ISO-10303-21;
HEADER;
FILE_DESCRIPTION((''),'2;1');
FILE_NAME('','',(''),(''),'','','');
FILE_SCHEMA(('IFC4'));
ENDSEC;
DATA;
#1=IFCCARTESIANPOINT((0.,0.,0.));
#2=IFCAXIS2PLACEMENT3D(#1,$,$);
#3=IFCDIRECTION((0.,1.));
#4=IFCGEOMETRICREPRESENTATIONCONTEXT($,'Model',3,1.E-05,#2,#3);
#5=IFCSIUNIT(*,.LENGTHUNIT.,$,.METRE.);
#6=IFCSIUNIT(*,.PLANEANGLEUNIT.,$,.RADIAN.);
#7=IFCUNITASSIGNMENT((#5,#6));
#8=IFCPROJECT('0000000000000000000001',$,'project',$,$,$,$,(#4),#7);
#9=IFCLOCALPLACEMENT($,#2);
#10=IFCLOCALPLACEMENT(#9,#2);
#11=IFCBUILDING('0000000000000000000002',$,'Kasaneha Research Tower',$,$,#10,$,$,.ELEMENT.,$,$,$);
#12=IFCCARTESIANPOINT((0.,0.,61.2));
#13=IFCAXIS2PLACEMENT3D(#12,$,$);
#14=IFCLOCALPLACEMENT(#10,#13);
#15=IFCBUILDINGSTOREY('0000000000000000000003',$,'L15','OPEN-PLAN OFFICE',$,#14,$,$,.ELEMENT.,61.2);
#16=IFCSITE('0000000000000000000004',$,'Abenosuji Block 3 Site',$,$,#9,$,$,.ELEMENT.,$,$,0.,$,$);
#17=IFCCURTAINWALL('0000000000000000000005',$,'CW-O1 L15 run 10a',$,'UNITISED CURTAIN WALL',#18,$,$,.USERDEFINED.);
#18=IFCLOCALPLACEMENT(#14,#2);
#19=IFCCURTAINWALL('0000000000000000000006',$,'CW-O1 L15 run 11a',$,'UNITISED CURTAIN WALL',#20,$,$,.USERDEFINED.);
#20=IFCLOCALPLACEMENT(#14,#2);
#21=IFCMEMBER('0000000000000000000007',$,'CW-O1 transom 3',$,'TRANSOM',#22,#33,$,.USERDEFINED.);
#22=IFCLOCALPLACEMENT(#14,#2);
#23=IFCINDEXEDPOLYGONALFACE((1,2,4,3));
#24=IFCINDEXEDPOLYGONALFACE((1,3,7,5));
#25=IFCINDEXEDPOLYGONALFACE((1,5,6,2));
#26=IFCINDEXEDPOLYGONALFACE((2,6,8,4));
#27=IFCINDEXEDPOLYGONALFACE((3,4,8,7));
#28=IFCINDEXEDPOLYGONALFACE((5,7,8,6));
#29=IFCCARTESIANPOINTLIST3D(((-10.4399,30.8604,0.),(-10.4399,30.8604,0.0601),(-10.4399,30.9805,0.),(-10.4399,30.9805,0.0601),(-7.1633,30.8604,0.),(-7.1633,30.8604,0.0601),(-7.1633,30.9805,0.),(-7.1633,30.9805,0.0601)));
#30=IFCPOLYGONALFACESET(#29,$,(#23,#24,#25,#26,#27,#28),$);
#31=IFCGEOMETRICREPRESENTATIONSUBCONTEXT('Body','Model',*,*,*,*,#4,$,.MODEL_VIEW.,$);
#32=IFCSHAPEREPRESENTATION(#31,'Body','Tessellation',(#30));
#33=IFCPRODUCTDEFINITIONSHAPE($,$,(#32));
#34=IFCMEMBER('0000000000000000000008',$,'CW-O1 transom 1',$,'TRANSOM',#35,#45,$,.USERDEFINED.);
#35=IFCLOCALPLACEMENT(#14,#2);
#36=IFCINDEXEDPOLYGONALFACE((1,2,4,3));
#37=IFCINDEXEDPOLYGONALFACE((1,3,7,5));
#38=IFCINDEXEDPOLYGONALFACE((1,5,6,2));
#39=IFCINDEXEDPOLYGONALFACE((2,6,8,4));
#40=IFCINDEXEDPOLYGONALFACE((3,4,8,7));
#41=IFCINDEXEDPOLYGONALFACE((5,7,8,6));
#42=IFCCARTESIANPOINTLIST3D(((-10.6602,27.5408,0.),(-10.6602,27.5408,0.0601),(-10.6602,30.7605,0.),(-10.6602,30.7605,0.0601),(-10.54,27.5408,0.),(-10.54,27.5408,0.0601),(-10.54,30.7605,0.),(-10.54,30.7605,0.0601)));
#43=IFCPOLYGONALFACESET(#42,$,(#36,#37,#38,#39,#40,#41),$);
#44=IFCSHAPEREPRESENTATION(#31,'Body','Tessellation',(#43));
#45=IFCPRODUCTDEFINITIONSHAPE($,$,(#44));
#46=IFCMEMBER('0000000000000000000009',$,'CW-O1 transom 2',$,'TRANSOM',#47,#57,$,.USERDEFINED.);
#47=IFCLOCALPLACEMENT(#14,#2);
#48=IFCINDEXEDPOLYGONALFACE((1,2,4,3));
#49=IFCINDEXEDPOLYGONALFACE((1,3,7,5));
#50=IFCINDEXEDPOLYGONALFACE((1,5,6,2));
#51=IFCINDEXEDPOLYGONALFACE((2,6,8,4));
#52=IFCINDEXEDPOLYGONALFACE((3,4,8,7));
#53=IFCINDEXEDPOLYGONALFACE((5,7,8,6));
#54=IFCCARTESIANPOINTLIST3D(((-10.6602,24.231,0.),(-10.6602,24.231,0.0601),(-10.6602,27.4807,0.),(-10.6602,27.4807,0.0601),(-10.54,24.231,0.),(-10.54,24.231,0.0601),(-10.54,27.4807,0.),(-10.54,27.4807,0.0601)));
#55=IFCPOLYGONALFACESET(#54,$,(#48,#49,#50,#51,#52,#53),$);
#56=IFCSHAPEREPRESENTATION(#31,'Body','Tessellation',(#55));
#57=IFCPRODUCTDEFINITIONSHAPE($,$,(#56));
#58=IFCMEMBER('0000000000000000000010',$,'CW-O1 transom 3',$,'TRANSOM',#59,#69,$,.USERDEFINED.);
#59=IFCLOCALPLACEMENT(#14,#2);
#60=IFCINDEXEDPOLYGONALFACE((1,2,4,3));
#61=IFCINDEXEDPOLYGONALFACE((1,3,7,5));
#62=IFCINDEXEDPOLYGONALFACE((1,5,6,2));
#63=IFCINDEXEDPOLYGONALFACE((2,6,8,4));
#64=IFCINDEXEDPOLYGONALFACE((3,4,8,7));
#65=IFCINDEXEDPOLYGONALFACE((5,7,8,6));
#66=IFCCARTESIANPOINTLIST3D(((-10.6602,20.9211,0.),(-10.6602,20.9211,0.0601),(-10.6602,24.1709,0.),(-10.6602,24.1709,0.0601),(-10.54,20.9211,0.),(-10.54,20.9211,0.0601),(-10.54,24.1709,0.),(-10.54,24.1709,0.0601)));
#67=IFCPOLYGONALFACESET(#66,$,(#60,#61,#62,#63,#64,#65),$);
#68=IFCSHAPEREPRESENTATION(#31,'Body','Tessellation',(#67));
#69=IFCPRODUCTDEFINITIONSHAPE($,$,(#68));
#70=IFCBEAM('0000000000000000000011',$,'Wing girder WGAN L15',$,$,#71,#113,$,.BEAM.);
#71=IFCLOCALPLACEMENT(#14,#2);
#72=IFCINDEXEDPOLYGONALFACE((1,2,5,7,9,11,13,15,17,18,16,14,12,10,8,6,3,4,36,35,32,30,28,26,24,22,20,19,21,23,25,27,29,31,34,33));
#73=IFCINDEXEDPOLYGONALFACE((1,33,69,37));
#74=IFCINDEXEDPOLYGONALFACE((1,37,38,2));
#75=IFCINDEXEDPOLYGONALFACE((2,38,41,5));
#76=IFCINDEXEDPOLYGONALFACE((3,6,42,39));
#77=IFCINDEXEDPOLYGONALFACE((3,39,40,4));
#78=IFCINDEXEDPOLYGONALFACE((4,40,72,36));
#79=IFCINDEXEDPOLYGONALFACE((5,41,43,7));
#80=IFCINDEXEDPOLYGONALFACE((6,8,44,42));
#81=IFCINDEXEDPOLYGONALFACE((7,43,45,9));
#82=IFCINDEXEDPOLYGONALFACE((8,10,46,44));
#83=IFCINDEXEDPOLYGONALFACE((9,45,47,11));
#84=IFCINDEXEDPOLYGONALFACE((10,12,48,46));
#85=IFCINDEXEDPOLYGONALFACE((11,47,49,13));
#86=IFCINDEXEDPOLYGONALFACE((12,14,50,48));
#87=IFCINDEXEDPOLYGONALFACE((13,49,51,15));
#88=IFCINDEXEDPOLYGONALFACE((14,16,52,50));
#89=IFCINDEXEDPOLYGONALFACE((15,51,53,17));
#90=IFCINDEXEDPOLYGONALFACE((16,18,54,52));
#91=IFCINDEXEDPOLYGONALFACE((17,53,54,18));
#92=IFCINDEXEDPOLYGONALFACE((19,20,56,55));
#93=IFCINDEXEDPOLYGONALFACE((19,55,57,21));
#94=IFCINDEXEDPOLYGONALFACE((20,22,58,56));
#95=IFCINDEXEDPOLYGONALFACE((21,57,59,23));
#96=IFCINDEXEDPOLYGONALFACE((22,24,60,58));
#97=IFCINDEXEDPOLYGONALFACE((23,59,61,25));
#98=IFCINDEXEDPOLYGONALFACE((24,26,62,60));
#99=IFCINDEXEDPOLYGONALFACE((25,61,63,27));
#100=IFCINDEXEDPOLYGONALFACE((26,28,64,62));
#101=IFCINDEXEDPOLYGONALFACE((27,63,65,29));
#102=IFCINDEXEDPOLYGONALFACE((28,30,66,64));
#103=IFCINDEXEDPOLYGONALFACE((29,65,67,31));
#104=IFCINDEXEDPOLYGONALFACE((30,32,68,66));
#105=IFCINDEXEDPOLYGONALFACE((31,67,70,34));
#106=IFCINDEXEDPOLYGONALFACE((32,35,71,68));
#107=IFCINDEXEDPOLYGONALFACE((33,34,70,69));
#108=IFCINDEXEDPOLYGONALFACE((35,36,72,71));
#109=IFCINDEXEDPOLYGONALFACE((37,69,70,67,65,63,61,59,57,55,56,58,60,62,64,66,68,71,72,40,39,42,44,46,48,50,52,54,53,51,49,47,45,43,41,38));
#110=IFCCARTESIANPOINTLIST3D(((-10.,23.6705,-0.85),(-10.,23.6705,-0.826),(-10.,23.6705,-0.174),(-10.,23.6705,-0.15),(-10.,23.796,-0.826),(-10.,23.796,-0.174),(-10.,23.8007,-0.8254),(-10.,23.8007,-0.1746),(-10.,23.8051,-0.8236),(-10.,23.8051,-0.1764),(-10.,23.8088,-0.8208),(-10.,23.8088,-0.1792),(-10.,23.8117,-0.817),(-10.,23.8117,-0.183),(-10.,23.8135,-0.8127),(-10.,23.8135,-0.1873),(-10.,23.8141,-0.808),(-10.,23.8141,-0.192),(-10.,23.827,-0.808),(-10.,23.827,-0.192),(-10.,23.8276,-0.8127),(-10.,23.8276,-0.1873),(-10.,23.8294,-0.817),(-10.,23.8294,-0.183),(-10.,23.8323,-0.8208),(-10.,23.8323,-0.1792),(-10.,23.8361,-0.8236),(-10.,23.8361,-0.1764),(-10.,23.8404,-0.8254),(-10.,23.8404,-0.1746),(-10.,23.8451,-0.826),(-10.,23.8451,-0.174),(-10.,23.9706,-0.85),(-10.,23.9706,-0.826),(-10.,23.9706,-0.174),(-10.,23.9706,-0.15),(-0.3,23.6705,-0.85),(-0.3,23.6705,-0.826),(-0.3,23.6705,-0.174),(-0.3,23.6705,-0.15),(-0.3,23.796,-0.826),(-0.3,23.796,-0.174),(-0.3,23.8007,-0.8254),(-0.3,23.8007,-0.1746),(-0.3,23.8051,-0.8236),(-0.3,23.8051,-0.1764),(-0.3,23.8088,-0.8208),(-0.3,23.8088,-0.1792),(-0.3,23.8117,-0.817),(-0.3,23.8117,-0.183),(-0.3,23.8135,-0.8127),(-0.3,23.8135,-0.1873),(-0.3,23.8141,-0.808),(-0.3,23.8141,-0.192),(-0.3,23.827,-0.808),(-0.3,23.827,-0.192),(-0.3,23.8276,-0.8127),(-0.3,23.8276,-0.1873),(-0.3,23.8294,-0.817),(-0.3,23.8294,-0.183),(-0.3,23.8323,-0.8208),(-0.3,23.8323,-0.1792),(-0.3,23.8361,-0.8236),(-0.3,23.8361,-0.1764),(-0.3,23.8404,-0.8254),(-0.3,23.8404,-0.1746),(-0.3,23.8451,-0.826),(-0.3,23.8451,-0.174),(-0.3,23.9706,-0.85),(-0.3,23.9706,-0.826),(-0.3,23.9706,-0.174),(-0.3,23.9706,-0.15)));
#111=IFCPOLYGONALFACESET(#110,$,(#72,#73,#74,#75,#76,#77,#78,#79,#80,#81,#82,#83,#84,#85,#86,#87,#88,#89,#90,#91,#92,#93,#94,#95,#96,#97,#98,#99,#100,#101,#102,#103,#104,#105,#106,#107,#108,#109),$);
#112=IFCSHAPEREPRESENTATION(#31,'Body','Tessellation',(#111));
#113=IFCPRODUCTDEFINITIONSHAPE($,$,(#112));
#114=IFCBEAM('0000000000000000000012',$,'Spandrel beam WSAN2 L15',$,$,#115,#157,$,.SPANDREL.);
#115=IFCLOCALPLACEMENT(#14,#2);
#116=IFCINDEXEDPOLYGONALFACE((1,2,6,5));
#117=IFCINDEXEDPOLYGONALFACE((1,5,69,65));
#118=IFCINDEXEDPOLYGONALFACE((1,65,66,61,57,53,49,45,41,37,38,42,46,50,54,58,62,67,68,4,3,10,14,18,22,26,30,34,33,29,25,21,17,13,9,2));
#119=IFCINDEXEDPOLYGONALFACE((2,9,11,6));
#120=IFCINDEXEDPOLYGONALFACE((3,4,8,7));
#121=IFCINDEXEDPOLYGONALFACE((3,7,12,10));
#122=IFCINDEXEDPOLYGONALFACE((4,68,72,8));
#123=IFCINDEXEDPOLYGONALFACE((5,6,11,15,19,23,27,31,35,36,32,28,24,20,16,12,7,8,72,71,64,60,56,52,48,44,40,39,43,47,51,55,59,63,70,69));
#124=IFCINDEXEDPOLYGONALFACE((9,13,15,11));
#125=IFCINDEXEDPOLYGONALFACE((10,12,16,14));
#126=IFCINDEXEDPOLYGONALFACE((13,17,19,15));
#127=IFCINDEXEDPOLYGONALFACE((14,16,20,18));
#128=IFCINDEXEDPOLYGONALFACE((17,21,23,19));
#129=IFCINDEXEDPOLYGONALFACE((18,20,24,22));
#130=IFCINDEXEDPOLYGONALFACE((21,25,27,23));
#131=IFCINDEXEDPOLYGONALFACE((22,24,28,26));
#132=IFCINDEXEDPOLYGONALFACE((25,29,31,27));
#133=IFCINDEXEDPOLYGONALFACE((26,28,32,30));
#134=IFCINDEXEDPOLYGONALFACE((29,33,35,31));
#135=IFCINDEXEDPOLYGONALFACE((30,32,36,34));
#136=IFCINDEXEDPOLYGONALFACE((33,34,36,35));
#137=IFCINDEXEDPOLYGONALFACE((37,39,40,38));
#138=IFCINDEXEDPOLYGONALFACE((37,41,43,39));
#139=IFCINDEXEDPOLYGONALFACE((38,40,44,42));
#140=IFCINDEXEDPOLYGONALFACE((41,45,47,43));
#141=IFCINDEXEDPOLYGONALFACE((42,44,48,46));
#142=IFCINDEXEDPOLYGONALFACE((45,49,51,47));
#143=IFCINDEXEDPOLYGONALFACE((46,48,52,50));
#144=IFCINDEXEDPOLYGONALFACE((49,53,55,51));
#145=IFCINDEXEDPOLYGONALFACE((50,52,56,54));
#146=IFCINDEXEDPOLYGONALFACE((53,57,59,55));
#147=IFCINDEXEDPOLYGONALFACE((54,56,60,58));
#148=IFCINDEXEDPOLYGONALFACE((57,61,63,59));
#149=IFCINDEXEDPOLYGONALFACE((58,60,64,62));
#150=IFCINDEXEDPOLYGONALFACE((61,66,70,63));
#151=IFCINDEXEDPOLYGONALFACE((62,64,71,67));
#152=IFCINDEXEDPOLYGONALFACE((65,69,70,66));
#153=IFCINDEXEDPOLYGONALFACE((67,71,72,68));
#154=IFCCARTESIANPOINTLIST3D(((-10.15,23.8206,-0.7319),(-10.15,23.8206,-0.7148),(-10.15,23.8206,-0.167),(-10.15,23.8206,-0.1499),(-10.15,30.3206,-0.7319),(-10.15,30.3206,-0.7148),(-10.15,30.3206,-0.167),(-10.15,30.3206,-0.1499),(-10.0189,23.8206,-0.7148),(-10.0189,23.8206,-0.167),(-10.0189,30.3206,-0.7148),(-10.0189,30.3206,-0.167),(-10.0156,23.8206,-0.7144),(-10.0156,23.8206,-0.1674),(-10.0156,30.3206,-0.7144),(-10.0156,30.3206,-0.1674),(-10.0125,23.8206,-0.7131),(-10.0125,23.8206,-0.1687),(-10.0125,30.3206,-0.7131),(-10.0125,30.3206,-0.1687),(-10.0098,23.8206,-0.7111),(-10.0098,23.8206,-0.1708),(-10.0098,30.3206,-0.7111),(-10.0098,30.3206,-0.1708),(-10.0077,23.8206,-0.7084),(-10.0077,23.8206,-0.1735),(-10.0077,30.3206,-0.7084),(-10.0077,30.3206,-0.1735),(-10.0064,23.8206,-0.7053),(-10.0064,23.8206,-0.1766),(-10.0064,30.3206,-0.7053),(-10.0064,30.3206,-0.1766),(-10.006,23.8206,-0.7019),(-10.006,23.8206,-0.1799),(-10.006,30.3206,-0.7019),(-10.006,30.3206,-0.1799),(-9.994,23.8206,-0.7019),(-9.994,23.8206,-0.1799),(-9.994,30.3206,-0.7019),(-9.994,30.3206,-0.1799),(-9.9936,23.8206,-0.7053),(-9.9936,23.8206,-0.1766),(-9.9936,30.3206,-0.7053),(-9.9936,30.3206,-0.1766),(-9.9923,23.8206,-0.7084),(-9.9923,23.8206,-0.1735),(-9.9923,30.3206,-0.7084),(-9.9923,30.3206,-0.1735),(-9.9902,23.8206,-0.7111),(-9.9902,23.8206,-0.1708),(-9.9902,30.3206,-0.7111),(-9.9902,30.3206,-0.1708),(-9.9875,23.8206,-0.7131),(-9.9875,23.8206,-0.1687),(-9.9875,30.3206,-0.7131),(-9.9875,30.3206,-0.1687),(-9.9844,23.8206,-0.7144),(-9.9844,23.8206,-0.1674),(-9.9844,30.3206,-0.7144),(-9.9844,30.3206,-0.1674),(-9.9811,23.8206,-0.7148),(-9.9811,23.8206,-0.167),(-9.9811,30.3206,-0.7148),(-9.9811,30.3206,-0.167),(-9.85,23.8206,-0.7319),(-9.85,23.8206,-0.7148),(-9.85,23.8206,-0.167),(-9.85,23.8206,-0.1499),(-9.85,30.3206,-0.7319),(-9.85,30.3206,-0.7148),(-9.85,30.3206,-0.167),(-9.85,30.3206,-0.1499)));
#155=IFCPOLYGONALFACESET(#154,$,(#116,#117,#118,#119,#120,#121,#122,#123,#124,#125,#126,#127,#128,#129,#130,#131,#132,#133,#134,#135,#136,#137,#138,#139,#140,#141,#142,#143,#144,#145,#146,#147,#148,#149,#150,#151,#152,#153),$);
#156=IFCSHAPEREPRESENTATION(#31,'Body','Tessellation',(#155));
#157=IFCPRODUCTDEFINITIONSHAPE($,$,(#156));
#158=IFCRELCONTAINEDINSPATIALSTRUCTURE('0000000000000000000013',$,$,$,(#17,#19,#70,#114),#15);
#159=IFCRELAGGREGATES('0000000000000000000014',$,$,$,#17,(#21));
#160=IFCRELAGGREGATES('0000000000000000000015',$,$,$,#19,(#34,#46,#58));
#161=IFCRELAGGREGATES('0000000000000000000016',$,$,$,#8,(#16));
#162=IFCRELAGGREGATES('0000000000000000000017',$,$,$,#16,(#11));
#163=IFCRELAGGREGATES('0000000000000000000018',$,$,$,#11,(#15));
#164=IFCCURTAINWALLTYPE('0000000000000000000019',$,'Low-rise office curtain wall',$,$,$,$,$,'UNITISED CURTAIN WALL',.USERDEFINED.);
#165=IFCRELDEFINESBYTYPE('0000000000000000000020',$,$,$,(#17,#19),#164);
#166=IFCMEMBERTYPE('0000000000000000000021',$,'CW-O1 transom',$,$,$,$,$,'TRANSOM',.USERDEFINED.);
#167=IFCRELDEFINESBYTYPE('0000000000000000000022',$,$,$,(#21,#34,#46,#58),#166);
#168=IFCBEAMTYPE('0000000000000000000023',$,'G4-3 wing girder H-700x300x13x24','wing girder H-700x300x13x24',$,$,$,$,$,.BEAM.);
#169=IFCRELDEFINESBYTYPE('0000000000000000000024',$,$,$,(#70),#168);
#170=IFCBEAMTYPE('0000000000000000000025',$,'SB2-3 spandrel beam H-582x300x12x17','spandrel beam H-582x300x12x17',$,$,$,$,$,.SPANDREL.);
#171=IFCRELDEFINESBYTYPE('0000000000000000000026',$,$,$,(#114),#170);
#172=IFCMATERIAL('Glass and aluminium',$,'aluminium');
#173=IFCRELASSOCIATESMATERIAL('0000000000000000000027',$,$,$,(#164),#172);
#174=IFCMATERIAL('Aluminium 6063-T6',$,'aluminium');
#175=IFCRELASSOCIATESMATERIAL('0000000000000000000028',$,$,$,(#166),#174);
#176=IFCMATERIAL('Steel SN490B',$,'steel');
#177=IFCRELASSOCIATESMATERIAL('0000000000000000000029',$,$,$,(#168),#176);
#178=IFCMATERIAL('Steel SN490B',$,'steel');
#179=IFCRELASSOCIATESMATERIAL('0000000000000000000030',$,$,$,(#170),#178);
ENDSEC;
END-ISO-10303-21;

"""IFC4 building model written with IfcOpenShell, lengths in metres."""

from ifc_helpers import new_model, si_unit, direction, frame, origin, origin_2d, place, context, subcontext, project, spatial, rectangle, i_section, extrude, material, material_profile, profile_set, type_object, element, aggregate, save


model = new_model("IFC4")

# Units and contexts
model_context = context("Model", 3, precision=1e-05, world=origin(), true_north=direction((0.0, 1.0)))
body_context = subcontext(model_context, "Body", "Model", "MODEL_VIEW")
ifc_project = project(units=[si_unit("LENGTHUNIT", "METRE"), si_unit("PLANEANGLEUNIT", "RADIAN")], contexts=[model_context])

# Site, building, storey
site_placement = place(None, origin())
site = spatial("IfcSite", under=ifc_project, at=site_placement, Name="Abenosuji Block 3 Site", CompositionType="ELEMENT", RefElevation=0.0)
building_placement = place(site_placement, origin())
building = spatial("IfcBuilding", under=site, at=building_placement, Name="Kasaneha Research Tower", CompositionType="ELEMENT")
storey_placement = place(building_placement, frame((0.0, 0.0, 61.2)))
storey = spatial("IfcBuildingStorey", under=building, at=storey_placement, Name="L15", Description="OPEN-PLAN OFFICE", CompositionType="ELEMENT", Elevation=61.2)

# Curtain walls
ifc_material_1 = material(Name="Glass and aluminium", Category="aluminium")
curtain_wall_type = type_object("IfcCurtainWallType", Name="Low-rise office curtain wall", ElementType="UNITISED CURTAIN WALL", PredefinedType="USERDEFINED", material=ifc_material_1)
curtain_wall_1_placement = place(storey_placement, origin())
curtain_wall_1 = element("IfcCurtainWall", 1, at=curtain_wall_1_placement, inside=storey, type_object=curtain_wall_type, Name="CW-O1 L15 run 10a", ObjectType="UNITISED CURTAIN WALL", PredefinedType="USERDEFINED")
curtain_wall_2_placement = place(storey_placement, origin())
curtain_wall_2 = element("IfcCurtainWall", 2, at=curtain_wall_2_placement, inside=storey, type_object=curtain_wall_type, Name="CW-O1 L15 run 11a", ObjectType="UNITISED CURTAIN WALL", PredefinedType="USERDEFINED")

# Members
ifc_material_2 = material(Name="Aluminium 6063-T6", Category="aluminium")
ifc_material_profile_1 = material_profile(ifc_material_2, rectangle(XDim=0.1201, YDim=0.0601, at=origin_2d()), Name="CW-O1 transom 120x60")
ifc_profile_set_1 = profile_set([ifc_material_profile_1], Name="Aluminium 6063-T6")
member_type_1 = type_object("IfcMemberType", Name="CW-O1 transom", ElementType="TRANSOM", PredefinedType="USERDEFINED", material=ifc_profile_set_1)
member_1_placement = place(storey_placement, frame((-7.1633, 30.9204, 0.03), z_axis=(-1.0, 0.0, 0.0), x_axis=(0.0, -1.0, 0.0)))
member_1 = element("IfcMember", 3, at=member_1_placement, type_object=member_type_1, Name="CW-O1 transom 3", ObjectType="TRANSOM", PredefinedType="USERDEFINED", context=body_context, shape_type="SweptSolid", body=[
    extrude(rectangle(XDim=0.1201, YDim=0.0601, at=origin_2d()), origin(), (0.0, 0.0, 1.0), 3.2766),
])
member_2_placement = place(storey_placement, frame((-10.6001, 30.7605, 0.03), z_axis=(0.0, -1.0, 0.0), x_axis=(1.0, 0.0, 0.0)))
member_2 = element("IfcMember", 4, at=member_2_placement, type_object=member_type_1, Name="CW-O1 transom 1", ObjectType="TRANSOM", PredefinedType="USERDEFINED", context=body_context, shape_type="SweptSolid", body=[
    extrude(rectangle(XDim=0.1201, YDim=0.0601, at=origin_2d()), origin(), (0.0, 0.0, 1.0), 3.2197),
])
member_3_placement = place(storey_placement, frame((-10.6001, 27.4807, 0.03), z_axis=(0.0, -1.0, 0.0), x_axis=(1.0, 0.0, 0.0)))
member_3 = element("IfcMember", 5, at=member_3_placement, type_object=member_type_1, Name="CW-O1 transom 2", ObjectType="TRANSOM", PredefinedType="USERDEFINED", context=body_context, shape_type="SweptSolid", body=[
    extrude(rectangle(XDim=0.1201, YDim=0.0601, at=origin_2d()), origin(), (0.0, 0.0, 1.0), 3.2498),
])
member_4_placement = place(storey_placement, frame((-10.6001, 24.1709, 0.03), z_axis=(0.0, -1.0, 0.0), x_axis=(1.0, 0.0, 0.0)))
member_4 = element("IfcMember", 6, at=member_4_placement, type_object=member_type_1, Name="CW-O1 transom 3", ObjectType="TRANSOM", PredefinedType="USERDEFINED", context=body_context, shape_type="SweptSolid", body=[
    extrude(rectangle(XDim=0.1201, YDim=0.0601, at=origin_2d()), origin(), (0.0, 0.0, 1.0), 3.2498),
])

# Beams
ifc_material_3 = material(Name="Steel SN490B", Category="steel")
ifc_material_profile_2 = material_profile(ifc_material_3, i_section(OverallWidth=0.3, OverallDepth=0.7, WebThickness=0.0129, FlangeThickness=0.0239, FilletRadius=0.0181, at=origin_2d()), Name="H-700x300x13x24")
ifc_profile_set_2 = profile_set([ifc_material_profile_2], Name="Steel SN490B")
beam_type_1 = type_object("IfcBeamType", Name="G4-3 wing girder H-700x300x13x24", Description="wing girder H-700x300x13x24", PredefinedType="BEAM", material=ifc_profile_set_2)
beam_1_placement = place(storey_placement, frame((-10.0, 23.8206, -0.5), z_axis=(1.0, 0.0, 0.0), x_axis=(0.0, 1.0, 0.0)))
element("IfcBeam", 7, at=beam_1_placement, inside=storey, type_object=beam_type_1, Name="Wing girder WGAN L15", PredefinedType="BEAM", context=body_context, shape_type="SweptSolid", body=[
    extrude(i_section(OverallWidth=0.3, OverallDepth=0.7, WebThickness=0.0129, FlangeThickness=0.0239, FilletRadius=0.0181, at=origin_2d()), origin(), (0.0, 0.0, 1.0), 9.7),
])
ifc_material_4 = material(Name="Steel SN490B", Category="steel")
ifc_material_profile_3 = material_profile(ifc_material_4, i_section(OverallWidth=0.3, OverallDepth=0.582, WebThickness=0.012, FlangeThickness=0.0171, FilletRadius=0.0129, at=origin_2d()), Name="H-582x300x12x17")
ifc_profile_set_3 = profile_set([ifc_material_profile_3], Name="Steel SN490B")
beam_type_2 = type_object("IfcBeamType", Name="SB2-3 spandrel beam H-582x300x12x17", Description="spandrel beam H-582x300x12x17", PredefinedType="SPANDREL", material=ifc_profile_set_3)
beam_2_placement = place(storey_placement, frame((-10.0, 23.8206, -0.4409), z_axis=(0.0, 1.0, 0.0), x_axis=(-1.0, 0.0, 0.0)))
element("IfcBeam", 8, at=beam_2_placement, inside=storey, type_object=beam_type_2, Name="Spandrel beam WSAN2 L15", PredefinedType="SPANDREL", context=body_context, shape_type="SweptSolid", body=[
    extrude(i_section(OverallWidth=0.3, OverallDepth=0.582, WebThickness=0.012, FlangeThickness=0.0171, FilletRadius=0.0129, at=origin_2d()), origin(), (0.0, 0.0, 1.0), 6.5),
])

aggregate(curtain_wall_1, [member_1])
aggregate(curtain_wall_2, [member_2, member_3, member_4])

save(model, "model.ifc")
